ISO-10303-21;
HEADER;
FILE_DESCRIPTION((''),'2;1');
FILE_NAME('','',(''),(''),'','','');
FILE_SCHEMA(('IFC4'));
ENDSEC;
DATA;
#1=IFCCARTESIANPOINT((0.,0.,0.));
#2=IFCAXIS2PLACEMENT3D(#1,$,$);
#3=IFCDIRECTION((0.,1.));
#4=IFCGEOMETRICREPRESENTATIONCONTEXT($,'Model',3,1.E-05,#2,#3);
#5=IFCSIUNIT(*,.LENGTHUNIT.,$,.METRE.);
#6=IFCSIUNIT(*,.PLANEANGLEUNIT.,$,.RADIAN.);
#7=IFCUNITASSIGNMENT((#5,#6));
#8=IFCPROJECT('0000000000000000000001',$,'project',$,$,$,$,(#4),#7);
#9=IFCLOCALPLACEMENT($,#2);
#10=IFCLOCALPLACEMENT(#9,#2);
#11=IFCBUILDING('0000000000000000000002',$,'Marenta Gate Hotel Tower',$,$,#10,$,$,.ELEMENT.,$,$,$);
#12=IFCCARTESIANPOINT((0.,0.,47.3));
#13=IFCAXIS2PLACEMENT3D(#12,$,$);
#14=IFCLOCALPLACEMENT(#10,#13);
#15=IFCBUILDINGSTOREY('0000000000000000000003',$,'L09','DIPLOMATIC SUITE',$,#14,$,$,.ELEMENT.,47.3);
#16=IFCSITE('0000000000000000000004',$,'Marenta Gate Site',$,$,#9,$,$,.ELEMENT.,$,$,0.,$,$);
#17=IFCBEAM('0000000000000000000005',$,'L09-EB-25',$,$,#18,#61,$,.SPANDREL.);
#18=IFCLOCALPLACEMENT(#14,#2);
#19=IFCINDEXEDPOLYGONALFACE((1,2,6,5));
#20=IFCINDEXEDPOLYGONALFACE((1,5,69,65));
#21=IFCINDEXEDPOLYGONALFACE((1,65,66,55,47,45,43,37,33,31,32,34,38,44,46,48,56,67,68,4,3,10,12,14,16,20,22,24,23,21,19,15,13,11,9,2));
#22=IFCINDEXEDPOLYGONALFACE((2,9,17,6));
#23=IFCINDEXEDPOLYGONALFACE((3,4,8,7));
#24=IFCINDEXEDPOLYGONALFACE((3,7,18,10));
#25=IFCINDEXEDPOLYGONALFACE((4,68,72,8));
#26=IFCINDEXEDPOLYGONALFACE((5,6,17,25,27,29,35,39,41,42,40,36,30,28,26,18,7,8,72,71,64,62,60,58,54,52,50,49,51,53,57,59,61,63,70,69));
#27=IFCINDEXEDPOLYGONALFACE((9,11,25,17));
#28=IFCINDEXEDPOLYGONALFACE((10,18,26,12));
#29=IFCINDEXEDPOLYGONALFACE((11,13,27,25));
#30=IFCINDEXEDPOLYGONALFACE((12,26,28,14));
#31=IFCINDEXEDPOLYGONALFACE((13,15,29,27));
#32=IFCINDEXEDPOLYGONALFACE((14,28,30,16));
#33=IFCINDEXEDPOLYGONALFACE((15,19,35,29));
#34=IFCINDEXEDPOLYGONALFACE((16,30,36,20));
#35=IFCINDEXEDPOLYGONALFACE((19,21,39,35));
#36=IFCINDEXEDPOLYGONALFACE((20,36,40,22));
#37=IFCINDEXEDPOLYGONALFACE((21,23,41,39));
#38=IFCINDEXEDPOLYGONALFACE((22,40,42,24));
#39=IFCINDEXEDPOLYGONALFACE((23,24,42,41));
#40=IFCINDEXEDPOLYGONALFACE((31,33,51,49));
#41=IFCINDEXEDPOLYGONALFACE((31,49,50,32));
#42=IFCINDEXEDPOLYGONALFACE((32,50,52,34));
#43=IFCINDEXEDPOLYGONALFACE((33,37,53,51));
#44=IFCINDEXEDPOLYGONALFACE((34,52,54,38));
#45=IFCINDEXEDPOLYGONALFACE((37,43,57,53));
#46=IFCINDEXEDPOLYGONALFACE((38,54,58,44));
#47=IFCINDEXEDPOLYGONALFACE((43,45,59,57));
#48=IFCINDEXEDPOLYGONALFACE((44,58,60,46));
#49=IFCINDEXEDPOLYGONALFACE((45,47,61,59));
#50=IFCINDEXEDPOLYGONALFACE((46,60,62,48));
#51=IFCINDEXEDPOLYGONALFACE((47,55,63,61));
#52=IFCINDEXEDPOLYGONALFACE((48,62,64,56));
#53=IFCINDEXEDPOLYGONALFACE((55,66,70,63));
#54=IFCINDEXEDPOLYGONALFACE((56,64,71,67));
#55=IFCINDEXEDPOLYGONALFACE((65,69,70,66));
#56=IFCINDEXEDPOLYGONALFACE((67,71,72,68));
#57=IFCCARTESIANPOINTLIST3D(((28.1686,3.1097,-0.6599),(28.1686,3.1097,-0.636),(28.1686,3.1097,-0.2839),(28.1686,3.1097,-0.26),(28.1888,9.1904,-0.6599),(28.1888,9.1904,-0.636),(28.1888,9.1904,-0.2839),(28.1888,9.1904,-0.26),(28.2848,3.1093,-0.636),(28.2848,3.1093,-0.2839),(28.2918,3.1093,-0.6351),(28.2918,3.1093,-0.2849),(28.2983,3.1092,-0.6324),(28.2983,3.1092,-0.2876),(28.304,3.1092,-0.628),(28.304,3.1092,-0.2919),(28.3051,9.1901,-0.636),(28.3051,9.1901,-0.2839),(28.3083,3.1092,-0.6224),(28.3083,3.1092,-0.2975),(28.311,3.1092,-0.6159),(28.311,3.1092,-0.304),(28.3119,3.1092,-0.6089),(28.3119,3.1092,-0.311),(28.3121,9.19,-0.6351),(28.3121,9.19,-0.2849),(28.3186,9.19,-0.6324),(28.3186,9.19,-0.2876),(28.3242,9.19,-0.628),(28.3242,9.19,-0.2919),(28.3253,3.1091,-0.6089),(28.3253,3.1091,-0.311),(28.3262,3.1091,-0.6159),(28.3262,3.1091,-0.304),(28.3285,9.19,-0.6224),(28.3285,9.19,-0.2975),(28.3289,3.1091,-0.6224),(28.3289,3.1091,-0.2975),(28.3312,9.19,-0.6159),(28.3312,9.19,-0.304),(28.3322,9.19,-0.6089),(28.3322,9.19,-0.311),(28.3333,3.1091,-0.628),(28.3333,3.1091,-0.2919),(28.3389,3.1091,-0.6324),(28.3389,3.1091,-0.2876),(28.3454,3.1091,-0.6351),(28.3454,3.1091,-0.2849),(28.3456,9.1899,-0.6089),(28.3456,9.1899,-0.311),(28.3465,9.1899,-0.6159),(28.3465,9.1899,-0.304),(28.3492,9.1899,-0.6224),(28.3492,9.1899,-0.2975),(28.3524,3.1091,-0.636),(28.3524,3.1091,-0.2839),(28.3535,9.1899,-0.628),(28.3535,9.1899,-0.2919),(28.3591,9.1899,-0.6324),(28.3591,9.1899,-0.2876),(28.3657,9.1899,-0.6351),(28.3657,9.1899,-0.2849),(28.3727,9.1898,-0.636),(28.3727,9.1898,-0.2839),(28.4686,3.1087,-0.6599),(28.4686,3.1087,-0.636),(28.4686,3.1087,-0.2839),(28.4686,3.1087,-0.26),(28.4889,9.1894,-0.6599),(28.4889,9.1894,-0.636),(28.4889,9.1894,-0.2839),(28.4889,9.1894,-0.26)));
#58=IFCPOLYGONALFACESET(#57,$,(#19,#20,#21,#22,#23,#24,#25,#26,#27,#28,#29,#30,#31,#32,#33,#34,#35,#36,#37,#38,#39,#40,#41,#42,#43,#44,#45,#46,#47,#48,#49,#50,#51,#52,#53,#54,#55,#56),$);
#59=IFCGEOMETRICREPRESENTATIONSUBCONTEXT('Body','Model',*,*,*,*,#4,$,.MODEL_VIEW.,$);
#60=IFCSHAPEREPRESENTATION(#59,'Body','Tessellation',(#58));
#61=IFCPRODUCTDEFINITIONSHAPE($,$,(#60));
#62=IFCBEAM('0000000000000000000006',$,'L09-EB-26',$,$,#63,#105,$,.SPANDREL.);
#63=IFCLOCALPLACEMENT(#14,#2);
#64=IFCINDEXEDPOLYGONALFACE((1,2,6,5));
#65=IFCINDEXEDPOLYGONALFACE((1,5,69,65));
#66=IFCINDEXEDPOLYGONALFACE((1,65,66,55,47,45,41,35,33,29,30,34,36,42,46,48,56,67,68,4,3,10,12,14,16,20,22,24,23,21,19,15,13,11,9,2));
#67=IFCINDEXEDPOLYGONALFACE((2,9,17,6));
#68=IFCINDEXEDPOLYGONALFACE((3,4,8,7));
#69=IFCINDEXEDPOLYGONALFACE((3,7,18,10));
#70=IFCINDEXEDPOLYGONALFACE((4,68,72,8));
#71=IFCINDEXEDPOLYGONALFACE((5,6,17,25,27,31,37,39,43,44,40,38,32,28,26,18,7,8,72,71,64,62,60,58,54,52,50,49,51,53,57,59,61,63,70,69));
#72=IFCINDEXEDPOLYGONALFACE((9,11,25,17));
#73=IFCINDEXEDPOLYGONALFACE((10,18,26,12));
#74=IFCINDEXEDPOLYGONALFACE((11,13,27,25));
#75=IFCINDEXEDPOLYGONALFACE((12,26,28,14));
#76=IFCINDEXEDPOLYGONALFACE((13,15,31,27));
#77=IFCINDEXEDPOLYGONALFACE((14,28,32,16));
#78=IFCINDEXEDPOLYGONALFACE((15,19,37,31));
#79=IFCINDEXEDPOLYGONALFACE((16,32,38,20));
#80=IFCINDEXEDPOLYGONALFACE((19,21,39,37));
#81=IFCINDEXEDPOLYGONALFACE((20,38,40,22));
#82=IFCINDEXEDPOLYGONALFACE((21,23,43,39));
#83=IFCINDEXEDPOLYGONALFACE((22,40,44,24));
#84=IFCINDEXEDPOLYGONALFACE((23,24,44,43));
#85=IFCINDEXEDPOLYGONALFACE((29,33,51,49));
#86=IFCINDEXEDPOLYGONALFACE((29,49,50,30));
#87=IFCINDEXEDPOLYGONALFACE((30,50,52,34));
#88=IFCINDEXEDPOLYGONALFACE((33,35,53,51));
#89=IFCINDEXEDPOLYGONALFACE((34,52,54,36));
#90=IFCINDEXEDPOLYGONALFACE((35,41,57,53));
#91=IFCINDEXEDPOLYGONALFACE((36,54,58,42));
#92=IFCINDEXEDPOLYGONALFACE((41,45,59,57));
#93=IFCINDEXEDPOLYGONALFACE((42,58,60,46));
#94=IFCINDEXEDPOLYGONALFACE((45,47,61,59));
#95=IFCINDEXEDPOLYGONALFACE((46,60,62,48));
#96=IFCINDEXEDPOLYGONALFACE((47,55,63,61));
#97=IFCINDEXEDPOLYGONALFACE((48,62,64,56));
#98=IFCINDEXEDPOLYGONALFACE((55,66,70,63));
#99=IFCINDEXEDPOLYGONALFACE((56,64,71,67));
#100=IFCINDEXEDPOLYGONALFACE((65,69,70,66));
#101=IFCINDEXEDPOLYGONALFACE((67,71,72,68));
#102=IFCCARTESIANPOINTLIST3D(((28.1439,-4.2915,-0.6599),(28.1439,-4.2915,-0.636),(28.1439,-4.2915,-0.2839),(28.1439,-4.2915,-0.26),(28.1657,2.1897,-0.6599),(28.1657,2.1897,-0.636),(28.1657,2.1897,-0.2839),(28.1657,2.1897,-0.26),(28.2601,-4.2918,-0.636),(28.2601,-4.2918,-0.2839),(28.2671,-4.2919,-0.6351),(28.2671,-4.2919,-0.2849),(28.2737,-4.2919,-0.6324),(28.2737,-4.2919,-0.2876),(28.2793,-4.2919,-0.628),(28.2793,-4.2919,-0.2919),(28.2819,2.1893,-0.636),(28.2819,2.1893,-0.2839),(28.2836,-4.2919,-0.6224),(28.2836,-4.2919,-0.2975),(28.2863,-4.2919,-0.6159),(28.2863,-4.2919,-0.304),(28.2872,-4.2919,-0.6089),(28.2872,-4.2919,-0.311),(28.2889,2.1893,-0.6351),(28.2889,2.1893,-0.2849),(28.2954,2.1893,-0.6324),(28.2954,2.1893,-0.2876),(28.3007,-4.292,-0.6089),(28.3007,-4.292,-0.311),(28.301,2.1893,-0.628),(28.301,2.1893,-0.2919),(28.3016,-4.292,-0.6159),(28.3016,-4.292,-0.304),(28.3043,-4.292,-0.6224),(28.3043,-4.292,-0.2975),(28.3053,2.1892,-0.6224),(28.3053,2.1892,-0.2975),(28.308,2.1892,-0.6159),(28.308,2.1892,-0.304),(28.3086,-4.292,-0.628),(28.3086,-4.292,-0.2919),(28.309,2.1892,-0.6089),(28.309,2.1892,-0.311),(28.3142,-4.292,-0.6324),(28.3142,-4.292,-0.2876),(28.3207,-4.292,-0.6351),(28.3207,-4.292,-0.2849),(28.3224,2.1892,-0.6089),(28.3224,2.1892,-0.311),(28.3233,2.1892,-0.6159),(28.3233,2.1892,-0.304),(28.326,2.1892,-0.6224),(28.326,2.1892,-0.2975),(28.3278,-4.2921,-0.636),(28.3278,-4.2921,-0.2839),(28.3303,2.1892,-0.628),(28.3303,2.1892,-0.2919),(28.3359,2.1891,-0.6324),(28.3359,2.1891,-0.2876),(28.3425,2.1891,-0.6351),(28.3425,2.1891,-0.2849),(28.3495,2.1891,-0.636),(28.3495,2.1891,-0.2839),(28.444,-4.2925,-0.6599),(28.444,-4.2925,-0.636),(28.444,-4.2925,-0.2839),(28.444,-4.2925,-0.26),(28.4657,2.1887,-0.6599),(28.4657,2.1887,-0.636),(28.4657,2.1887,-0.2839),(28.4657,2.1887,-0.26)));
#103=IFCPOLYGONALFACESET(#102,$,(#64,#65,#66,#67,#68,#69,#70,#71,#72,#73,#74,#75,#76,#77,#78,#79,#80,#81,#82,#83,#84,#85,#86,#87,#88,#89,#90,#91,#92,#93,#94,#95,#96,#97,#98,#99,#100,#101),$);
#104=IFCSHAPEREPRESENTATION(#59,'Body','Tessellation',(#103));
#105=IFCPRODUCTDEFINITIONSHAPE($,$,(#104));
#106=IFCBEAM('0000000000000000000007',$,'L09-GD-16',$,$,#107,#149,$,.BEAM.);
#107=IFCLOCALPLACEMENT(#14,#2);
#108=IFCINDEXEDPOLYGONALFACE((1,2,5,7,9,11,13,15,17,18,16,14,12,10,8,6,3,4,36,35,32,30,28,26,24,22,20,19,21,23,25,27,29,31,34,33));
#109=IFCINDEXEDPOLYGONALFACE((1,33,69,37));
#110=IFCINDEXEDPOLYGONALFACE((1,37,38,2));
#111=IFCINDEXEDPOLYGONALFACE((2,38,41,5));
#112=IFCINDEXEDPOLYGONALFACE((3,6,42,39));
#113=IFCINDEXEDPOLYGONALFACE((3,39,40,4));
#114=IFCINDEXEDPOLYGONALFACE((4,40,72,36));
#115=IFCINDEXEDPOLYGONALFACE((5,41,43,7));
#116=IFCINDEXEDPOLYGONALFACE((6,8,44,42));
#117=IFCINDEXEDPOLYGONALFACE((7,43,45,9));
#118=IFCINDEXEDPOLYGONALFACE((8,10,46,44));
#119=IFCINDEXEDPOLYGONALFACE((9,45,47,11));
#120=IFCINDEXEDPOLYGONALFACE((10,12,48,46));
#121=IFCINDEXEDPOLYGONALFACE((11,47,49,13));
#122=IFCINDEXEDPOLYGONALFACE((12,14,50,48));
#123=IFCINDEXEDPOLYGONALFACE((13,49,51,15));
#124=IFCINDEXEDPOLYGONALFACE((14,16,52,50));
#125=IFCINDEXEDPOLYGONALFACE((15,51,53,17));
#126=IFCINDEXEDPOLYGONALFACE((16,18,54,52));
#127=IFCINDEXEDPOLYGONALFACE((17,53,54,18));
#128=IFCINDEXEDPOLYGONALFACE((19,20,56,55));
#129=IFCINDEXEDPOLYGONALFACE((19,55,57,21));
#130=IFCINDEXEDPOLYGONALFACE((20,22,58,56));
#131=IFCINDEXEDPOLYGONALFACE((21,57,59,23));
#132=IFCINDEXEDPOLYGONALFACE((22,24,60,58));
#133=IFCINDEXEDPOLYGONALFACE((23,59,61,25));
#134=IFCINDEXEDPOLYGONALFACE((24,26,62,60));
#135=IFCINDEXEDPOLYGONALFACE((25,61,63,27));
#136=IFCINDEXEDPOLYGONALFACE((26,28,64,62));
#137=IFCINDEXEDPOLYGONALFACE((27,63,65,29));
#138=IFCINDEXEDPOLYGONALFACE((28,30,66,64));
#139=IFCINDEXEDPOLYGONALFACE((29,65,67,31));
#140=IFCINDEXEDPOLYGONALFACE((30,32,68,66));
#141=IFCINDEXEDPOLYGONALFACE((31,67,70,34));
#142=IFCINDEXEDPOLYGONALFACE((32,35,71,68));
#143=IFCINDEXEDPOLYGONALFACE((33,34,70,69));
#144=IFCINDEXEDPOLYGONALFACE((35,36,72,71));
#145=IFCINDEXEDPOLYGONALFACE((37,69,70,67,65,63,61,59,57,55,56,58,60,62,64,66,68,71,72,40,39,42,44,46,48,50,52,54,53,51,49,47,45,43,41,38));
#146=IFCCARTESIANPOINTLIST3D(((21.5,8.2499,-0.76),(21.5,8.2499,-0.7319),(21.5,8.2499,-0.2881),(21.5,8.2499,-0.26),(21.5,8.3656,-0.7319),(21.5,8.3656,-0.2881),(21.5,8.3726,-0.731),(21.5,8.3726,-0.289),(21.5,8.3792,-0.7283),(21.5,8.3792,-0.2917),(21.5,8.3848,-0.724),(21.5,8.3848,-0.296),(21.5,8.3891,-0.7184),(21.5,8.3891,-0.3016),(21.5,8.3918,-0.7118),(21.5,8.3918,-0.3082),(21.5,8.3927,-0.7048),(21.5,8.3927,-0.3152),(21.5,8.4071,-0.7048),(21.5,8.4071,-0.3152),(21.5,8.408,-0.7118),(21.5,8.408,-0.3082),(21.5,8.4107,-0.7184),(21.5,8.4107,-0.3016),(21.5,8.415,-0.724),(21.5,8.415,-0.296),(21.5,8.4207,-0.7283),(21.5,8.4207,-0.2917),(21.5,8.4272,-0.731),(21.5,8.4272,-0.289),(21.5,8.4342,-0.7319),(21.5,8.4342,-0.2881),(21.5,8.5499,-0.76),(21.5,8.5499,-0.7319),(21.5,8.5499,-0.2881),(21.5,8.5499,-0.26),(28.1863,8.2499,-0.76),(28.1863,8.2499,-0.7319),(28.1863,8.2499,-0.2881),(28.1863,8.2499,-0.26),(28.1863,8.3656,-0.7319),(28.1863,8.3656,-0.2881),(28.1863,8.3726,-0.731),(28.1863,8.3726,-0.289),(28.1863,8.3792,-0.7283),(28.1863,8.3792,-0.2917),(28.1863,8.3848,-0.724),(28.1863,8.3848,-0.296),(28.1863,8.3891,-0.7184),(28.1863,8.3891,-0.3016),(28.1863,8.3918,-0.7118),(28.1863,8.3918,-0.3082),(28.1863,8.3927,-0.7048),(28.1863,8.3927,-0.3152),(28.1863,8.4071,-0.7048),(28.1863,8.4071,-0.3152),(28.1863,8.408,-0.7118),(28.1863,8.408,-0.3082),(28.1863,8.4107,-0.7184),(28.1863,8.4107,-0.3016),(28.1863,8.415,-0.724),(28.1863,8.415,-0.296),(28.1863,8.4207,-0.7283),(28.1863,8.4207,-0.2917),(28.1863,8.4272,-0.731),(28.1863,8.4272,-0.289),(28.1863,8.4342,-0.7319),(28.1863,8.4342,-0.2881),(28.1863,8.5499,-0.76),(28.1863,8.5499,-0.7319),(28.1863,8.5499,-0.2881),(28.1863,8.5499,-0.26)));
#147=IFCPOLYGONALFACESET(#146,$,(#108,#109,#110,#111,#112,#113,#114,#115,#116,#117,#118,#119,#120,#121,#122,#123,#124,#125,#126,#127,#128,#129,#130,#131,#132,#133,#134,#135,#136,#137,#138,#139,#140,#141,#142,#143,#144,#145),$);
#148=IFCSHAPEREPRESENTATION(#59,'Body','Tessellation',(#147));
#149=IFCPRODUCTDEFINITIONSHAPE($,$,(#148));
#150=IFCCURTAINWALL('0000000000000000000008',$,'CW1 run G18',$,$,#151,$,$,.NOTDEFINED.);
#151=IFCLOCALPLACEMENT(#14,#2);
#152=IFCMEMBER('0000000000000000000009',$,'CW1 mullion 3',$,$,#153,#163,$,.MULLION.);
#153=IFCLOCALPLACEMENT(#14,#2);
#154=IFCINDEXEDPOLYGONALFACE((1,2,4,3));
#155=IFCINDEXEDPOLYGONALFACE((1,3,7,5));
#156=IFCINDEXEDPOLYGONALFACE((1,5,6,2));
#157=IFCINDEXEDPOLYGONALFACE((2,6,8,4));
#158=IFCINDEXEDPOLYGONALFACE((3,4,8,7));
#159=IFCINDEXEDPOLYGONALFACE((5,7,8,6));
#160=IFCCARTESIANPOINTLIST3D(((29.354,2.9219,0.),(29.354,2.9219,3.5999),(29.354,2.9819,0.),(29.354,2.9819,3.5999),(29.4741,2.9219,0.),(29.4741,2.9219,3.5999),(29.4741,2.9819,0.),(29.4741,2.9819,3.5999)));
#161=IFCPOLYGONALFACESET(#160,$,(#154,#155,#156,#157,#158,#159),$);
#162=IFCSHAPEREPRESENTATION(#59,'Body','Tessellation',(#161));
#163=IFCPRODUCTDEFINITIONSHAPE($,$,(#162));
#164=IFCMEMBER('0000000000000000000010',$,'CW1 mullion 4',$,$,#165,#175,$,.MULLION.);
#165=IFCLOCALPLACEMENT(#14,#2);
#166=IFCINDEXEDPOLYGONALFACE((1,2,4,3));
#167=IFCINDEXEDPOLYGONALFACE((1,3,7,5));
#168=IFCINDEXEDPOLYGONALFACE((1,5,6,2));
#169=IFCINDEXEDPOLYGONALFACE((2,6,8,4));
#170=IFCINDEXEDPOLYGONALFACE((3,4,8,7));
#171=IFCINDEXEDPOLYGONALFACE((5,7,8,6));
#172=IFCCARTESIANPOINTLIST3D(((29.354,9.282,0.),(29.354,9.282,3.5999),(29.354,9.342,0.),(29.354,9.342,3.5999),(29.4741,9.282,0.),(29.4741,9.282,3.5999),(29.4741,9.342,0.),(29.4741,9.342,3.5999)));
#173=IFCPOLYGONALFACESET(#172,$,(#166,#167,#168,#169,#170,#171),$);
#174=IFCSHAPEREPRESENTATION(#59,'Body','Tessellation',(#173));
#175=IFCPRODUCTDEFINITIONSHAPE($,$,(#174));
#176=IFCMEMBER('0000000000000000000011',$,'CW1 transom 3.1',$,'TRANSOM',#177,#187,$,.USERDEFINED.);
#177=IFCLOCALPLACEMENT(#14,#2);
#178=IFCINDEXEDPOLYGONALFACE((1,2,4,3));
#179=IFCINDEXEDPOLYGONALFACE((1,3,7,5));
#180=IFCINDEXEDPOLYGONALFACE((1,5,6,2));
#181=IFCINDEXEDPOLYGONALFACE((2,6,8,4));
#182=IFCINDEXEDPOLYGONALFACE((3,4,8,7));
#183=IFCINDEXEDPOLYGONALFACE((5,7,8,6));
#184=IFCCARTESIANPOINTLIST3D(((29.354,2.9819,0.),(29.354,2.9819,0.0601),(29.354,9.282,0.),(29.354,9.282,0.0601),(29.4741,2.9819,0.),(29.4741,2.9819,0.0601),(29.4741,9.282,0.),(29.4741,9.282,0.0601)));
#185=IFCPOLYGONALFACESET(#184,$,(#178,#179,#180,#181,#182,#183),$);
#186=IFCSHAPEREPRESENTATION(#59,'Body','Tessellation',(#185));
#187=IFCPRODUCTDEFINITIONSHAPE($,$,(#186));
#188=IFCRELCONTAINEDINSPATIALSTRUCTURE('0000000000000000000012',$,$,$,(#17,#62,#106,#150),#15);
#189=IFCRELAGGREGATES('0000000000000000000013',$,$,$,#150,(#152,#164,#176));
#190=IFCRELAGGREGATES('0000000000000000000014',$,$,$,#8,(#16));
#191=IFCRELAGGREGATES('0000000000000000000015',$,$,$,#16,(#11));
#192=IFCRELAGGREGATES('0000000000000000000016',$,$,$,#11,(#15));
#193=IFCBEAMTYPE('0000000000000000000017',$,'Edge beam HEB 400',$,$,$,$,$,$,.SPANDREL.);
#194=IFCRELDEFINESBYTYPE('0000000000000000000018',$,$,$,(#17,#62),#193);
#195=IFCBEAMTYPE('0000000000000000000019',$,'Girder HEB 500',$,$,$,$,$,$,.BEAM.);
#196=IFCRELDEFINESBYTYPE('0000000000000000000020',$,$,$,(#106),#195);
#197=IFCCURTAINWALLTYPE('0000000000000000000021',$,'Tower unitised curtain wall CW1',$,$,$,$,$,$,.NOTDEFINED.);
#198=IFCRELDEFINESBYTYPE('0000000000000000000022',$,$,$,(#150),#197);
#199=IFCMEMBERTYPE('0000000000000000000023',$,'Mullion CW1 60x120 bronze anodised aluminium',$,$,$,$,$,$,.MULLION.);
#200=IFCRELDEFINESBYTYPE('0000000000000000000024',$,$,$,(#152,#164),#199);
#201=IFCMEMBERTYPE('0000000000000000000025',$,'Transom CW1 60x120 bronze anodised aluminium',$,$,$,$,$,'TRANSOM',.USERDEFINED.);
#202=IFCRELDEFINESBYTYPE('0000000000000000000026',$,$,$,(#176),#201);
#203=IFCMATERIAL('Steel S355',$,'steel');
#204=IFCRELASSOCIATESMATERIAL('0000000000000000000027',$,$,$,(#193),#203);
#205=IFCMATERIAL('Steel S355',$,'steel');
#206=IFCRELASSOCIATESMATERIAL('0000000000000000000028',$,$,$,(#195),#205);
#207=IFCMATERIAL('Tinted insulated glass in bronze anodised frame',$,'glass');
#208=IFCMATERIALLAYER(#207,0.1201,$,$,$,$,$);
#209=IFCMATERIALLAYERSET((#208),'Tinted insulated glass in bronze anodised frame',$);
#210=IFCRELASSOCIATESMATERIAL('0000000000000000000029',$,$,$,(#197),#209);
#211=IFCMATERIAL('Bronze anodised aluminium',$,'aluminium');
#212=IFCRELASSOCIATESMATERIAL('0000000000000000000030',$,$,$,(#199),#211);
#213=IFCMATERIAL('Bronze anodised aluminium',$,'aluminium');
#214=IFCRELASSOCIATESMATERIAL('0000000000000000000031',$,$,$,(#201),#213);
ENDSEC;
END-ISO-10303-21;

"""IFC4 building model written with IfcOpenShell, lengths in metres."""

from ifc_helpers import new_model, si_unit, direction, frame, origin, origin_2d, place, context, subcontext, project, spatial, rectangle, i_section, extrude, material, layer, layer_set, material_profile, profile_set, type_object, element, aggregate, save


model = new_model("IFC4")

# Units and contexts
model_context = context("Model", 3, precision=1e-05, world=origin(), true_north=direction((0.0, 1.0)))
body_context = subcontext(model_context, "Body", "Model", "MODEL_VIEW")
ifc_project = project(units=[si_unit("LENGTHUNIT", "METRE"), si_unit("PLANEANGLEUNIT", "RADIAN")], contexts=[model_context])

# Site, building, storey
site_placement = place(None, origin())
site = spatial("IfcSite", under=ifc_project, at=site_placement, Name="Marenta Gate Site", CompositionType="ELEMENT", RefElevation=0.0)
building_placement = place(site_placement, origin())
building = spatial("IfcBuilding", under=site, at=building_placement, Name="Marenta Gate Hotel Tower", CompositionType="ELEMENT")
storey_placement = place(building_placement, frame((0.0, 0.0, 47.3)))
storey = spatial("IfcBuildingStorey", under=building, at=storey_placement, Name="L09", Description="DIPLOMATIC SUITE", CompositionType="ELEMENT", Elevation=47.3)

# Beams
ifc_material_1 = material(Name="Steel S355", Category="steel")
ifc_material_profile_1 = material_profile(ifc_material_1, i_section(OverallWidth=0.3, OverallDepth=0.3999, WebThickness=0.0134, FlangeThickness=0.0239, FilletRadius=0.0271, at=origin_2d()), Name="HEB 400")
ifc_profile_set_1 = profile_set([ifc_material_profile_1], Name="Steel S355")
beam_type_1 = type_object("IfcBeamType", Name="Edge beam HEB 400", PredefinedType="SPANDREL", material=ifc_profile_set_1)
beam_1_placement = place(storey_placement, frame((28.3389, 9.1899, -0.46), z_axis=(-0.003332, -0.999994, 0.0), x_axis=(0.999994, -0.003332, 0.0)))
element("IfcBeam", 1, at=beam_1_placement, inside=storey, type_object=beam_type_1, Name="L09-EB-25", PredefinedType="SPANDREL", context=body_context, shape_type="SweptSolid", body=[
    extrude(i_section(OverallWidth=0.3, OverallDepth=0.3999, WebThickness=0.0134, FlangeThickness=0.0239, FilletRadius=0.0271, at=origin_2d()), origin(), (0.0, 0.0, 1.0), 6.0808),
])
beam_2_placement = place(storey_placement, frame((28.3157, 2.1892, -0.46), z_axis=(-0.003353, -0.999994, 0.0), x_axis=(0.999994, -0.003353, 0.0)))
element("IfcBeam", 2, at=beam_2_placement, inside=storey, type_object=beam_type_1, Name="L09-EB-26", PredefinedType="SPANDREL", context=body_context, shape_type="SweptSolid", body=[
    extrude(i_section(OverallWidth=0.3, OverallDepth=0.3999, WebThickness=0.0134, FlangeThickness=0.0239, FilletRadius=0.0271, at=origin_2d()), origin(), (0.0, 0.0, 1.0), 6.4812),
])
ifc_material_2 = material(Name="Steel S355", Category="steel")
ifc_material_profile_2 = material_profile(ifc_material_2, i_section(OverallWidth=0.3, OverallDepth=0.5, WebThickness=0.0144, FlangeThickness=0.0281, FilletRadius=0.0271, at=origin_2d()), Name="HEB 500")
ifc_profile_set_2 = profile_set([ifc_material_profile_2], Name="Steel S355")
beam_type_2 = type_object("IfcBeamType", Name="Girder HEB 500", PredefinedType="BEAM", material=ifc_profile_set_2)
beam_3_placement = place(storey_placement, frame((21.5, 8.3999, -0.51), z_axis=(1.0, 0.0, 0.0), x_axis=(0.0, 1.0, 0.0)))
element("IfcBeam", 3, at=beam_3_placement, inside=storey, type_object=beam_type_2, Name="L09-GD-16", PredefinedType="BEAM", context=body_context, shape_type="SweptSolid", body=[
    extrude(i_section(OverallWidth=0.3, OverallDepth=0.5, WebThickness=0.0144, FlangeThickness=0.0281, FilletRadius=0.0271, at=origin_2d()), origin(), (0.0, 0.0, 1.0), 6.6863),
])

# Curtain wall, members
ifc_material_3 = material(Name="Tinted insulated glass in bronze anodised frame", Category="glass")
ifc_layer_1 = layer(ifc_material_3, 0.1201)
ifc_layer_set_1 = layer_set([ifc_layer_1], Name="Tinted insulated glass in bronze anodised frame")
curtain_wall_type = type_object("IfcCurtainWallType", Name="Tower unitised curtain wall CW1", PredefinedType="NOTDEFINED", material=ifc_layer_set_1)
curtain_wall_placement = place(storey_placement, origin())
curtain_wall = element("IfcCurtainWall", 4, at=curtain_wall_placement, inside=storey, type_object=curtain_wall_type, Name="CW1 run G18", PredefinedType="NOTDEFINED")
ifc_material_4 = material(Name="Bronze anodised aluminium", Category="aluminium")
ifc_material_profile_3 = material_profile(ifc_material_4, rectangle(XDim=0.1201, YDim=0.0601, at=origin_2d()), Name="Mullion CW1 60x120 bronze anodised aluminium")
ifc_profile_set_3 = profile_set([ifc_material_profile_3], Name="Bronze anodised aluminium")
member_type_1 = type_object("IfcMemberType", Name="Mullion CW1 60x120 bronze anodised aluminium", PredefinedType="MULLION", material=ifc_profile_set_3)
member_1_placement = place(storey_placement, frame((29.4141, 2.9519, 0.0), z_axis=(0.0, 0.0, 1.0), x_axis=(-1.0, 0.0, 0.0)))
member_1 = element("IfcMember", 5, at=member_1_placement, type_object=member_type_1, Name="CW1 mullion 3", PredefinedType="MULLION", context=body_context, shape_type="SweptSolid", body=[
    extrude(rectangle(XDim=0.1201, YDim=0.0601, at=origin_2d()), origin(), (0.0, 0.0, 1.0), 3.5999),
])
member_2_placement = place(storey_placement, frame((29.4141, 9.312, 0.0), z_axis=(0.0, 0.0, 1.0), x_axis=(-1.0, 0.0, 0.0)))
member_2 = element("IfcMember", 6, at=member_2_placement, type_object=member_type_1, Name="CW1 mullion 4", PredefinedType="MULLION", context=body_context, shape_type="SweptSolid", body=[
    extrude(rectangle(XDim=0.1201, YDim=0.0601, at=origin_2d()), origin(), (0.0, 0.0, 1.0), 3.5999),
])
ifc_material_5 = material(Name="Bronze anodised aluminium", Category="aluminium")
ifc_material_profile_4 = material_profile(ifc_material_5, rectangle(XDim=0.1201, YDim=0.0601, at=origin_2d()), Name="Transom CW1 60x120 bronze anodised aluminium")
ifc_profile_set_4 = profile_set([ifc_material_profile_4], Name="Bronze anodised aluminium")
member_type_2 = type_object("IfcMemberType", Name="Transom CW1 60x120 bronze anodised aluminium", ElementType="TRANSOM", PredefinedType="USERDEFINED", material=ifc_profile_set_4)
member_3_placement = place(storey_placement, frame((29.4141, 2.9819, 0.03), z_axis=(0.0, 1.0, 0.0), x_axis=(-1.0, 0.0, 0.0)))
member_3 = element("IfcMember", 7, at=member_3_placement, type_object=member_type_2, Name="CW1 transom 3.1", ObjectType="TRANSOM", PredefinedType="USERDEFINED", context=body_context, shape_type="SweptSolid", body=[
    extrude(rectangle(XDim=0.1201, YDim=0.0601, at=origin_2d()), origin(), (0.0, 0.0, 1.0), 6.3),
])
aggregate(curtain_wall, [member_1, member_2, member_3])

save(model, "model.ifc")
